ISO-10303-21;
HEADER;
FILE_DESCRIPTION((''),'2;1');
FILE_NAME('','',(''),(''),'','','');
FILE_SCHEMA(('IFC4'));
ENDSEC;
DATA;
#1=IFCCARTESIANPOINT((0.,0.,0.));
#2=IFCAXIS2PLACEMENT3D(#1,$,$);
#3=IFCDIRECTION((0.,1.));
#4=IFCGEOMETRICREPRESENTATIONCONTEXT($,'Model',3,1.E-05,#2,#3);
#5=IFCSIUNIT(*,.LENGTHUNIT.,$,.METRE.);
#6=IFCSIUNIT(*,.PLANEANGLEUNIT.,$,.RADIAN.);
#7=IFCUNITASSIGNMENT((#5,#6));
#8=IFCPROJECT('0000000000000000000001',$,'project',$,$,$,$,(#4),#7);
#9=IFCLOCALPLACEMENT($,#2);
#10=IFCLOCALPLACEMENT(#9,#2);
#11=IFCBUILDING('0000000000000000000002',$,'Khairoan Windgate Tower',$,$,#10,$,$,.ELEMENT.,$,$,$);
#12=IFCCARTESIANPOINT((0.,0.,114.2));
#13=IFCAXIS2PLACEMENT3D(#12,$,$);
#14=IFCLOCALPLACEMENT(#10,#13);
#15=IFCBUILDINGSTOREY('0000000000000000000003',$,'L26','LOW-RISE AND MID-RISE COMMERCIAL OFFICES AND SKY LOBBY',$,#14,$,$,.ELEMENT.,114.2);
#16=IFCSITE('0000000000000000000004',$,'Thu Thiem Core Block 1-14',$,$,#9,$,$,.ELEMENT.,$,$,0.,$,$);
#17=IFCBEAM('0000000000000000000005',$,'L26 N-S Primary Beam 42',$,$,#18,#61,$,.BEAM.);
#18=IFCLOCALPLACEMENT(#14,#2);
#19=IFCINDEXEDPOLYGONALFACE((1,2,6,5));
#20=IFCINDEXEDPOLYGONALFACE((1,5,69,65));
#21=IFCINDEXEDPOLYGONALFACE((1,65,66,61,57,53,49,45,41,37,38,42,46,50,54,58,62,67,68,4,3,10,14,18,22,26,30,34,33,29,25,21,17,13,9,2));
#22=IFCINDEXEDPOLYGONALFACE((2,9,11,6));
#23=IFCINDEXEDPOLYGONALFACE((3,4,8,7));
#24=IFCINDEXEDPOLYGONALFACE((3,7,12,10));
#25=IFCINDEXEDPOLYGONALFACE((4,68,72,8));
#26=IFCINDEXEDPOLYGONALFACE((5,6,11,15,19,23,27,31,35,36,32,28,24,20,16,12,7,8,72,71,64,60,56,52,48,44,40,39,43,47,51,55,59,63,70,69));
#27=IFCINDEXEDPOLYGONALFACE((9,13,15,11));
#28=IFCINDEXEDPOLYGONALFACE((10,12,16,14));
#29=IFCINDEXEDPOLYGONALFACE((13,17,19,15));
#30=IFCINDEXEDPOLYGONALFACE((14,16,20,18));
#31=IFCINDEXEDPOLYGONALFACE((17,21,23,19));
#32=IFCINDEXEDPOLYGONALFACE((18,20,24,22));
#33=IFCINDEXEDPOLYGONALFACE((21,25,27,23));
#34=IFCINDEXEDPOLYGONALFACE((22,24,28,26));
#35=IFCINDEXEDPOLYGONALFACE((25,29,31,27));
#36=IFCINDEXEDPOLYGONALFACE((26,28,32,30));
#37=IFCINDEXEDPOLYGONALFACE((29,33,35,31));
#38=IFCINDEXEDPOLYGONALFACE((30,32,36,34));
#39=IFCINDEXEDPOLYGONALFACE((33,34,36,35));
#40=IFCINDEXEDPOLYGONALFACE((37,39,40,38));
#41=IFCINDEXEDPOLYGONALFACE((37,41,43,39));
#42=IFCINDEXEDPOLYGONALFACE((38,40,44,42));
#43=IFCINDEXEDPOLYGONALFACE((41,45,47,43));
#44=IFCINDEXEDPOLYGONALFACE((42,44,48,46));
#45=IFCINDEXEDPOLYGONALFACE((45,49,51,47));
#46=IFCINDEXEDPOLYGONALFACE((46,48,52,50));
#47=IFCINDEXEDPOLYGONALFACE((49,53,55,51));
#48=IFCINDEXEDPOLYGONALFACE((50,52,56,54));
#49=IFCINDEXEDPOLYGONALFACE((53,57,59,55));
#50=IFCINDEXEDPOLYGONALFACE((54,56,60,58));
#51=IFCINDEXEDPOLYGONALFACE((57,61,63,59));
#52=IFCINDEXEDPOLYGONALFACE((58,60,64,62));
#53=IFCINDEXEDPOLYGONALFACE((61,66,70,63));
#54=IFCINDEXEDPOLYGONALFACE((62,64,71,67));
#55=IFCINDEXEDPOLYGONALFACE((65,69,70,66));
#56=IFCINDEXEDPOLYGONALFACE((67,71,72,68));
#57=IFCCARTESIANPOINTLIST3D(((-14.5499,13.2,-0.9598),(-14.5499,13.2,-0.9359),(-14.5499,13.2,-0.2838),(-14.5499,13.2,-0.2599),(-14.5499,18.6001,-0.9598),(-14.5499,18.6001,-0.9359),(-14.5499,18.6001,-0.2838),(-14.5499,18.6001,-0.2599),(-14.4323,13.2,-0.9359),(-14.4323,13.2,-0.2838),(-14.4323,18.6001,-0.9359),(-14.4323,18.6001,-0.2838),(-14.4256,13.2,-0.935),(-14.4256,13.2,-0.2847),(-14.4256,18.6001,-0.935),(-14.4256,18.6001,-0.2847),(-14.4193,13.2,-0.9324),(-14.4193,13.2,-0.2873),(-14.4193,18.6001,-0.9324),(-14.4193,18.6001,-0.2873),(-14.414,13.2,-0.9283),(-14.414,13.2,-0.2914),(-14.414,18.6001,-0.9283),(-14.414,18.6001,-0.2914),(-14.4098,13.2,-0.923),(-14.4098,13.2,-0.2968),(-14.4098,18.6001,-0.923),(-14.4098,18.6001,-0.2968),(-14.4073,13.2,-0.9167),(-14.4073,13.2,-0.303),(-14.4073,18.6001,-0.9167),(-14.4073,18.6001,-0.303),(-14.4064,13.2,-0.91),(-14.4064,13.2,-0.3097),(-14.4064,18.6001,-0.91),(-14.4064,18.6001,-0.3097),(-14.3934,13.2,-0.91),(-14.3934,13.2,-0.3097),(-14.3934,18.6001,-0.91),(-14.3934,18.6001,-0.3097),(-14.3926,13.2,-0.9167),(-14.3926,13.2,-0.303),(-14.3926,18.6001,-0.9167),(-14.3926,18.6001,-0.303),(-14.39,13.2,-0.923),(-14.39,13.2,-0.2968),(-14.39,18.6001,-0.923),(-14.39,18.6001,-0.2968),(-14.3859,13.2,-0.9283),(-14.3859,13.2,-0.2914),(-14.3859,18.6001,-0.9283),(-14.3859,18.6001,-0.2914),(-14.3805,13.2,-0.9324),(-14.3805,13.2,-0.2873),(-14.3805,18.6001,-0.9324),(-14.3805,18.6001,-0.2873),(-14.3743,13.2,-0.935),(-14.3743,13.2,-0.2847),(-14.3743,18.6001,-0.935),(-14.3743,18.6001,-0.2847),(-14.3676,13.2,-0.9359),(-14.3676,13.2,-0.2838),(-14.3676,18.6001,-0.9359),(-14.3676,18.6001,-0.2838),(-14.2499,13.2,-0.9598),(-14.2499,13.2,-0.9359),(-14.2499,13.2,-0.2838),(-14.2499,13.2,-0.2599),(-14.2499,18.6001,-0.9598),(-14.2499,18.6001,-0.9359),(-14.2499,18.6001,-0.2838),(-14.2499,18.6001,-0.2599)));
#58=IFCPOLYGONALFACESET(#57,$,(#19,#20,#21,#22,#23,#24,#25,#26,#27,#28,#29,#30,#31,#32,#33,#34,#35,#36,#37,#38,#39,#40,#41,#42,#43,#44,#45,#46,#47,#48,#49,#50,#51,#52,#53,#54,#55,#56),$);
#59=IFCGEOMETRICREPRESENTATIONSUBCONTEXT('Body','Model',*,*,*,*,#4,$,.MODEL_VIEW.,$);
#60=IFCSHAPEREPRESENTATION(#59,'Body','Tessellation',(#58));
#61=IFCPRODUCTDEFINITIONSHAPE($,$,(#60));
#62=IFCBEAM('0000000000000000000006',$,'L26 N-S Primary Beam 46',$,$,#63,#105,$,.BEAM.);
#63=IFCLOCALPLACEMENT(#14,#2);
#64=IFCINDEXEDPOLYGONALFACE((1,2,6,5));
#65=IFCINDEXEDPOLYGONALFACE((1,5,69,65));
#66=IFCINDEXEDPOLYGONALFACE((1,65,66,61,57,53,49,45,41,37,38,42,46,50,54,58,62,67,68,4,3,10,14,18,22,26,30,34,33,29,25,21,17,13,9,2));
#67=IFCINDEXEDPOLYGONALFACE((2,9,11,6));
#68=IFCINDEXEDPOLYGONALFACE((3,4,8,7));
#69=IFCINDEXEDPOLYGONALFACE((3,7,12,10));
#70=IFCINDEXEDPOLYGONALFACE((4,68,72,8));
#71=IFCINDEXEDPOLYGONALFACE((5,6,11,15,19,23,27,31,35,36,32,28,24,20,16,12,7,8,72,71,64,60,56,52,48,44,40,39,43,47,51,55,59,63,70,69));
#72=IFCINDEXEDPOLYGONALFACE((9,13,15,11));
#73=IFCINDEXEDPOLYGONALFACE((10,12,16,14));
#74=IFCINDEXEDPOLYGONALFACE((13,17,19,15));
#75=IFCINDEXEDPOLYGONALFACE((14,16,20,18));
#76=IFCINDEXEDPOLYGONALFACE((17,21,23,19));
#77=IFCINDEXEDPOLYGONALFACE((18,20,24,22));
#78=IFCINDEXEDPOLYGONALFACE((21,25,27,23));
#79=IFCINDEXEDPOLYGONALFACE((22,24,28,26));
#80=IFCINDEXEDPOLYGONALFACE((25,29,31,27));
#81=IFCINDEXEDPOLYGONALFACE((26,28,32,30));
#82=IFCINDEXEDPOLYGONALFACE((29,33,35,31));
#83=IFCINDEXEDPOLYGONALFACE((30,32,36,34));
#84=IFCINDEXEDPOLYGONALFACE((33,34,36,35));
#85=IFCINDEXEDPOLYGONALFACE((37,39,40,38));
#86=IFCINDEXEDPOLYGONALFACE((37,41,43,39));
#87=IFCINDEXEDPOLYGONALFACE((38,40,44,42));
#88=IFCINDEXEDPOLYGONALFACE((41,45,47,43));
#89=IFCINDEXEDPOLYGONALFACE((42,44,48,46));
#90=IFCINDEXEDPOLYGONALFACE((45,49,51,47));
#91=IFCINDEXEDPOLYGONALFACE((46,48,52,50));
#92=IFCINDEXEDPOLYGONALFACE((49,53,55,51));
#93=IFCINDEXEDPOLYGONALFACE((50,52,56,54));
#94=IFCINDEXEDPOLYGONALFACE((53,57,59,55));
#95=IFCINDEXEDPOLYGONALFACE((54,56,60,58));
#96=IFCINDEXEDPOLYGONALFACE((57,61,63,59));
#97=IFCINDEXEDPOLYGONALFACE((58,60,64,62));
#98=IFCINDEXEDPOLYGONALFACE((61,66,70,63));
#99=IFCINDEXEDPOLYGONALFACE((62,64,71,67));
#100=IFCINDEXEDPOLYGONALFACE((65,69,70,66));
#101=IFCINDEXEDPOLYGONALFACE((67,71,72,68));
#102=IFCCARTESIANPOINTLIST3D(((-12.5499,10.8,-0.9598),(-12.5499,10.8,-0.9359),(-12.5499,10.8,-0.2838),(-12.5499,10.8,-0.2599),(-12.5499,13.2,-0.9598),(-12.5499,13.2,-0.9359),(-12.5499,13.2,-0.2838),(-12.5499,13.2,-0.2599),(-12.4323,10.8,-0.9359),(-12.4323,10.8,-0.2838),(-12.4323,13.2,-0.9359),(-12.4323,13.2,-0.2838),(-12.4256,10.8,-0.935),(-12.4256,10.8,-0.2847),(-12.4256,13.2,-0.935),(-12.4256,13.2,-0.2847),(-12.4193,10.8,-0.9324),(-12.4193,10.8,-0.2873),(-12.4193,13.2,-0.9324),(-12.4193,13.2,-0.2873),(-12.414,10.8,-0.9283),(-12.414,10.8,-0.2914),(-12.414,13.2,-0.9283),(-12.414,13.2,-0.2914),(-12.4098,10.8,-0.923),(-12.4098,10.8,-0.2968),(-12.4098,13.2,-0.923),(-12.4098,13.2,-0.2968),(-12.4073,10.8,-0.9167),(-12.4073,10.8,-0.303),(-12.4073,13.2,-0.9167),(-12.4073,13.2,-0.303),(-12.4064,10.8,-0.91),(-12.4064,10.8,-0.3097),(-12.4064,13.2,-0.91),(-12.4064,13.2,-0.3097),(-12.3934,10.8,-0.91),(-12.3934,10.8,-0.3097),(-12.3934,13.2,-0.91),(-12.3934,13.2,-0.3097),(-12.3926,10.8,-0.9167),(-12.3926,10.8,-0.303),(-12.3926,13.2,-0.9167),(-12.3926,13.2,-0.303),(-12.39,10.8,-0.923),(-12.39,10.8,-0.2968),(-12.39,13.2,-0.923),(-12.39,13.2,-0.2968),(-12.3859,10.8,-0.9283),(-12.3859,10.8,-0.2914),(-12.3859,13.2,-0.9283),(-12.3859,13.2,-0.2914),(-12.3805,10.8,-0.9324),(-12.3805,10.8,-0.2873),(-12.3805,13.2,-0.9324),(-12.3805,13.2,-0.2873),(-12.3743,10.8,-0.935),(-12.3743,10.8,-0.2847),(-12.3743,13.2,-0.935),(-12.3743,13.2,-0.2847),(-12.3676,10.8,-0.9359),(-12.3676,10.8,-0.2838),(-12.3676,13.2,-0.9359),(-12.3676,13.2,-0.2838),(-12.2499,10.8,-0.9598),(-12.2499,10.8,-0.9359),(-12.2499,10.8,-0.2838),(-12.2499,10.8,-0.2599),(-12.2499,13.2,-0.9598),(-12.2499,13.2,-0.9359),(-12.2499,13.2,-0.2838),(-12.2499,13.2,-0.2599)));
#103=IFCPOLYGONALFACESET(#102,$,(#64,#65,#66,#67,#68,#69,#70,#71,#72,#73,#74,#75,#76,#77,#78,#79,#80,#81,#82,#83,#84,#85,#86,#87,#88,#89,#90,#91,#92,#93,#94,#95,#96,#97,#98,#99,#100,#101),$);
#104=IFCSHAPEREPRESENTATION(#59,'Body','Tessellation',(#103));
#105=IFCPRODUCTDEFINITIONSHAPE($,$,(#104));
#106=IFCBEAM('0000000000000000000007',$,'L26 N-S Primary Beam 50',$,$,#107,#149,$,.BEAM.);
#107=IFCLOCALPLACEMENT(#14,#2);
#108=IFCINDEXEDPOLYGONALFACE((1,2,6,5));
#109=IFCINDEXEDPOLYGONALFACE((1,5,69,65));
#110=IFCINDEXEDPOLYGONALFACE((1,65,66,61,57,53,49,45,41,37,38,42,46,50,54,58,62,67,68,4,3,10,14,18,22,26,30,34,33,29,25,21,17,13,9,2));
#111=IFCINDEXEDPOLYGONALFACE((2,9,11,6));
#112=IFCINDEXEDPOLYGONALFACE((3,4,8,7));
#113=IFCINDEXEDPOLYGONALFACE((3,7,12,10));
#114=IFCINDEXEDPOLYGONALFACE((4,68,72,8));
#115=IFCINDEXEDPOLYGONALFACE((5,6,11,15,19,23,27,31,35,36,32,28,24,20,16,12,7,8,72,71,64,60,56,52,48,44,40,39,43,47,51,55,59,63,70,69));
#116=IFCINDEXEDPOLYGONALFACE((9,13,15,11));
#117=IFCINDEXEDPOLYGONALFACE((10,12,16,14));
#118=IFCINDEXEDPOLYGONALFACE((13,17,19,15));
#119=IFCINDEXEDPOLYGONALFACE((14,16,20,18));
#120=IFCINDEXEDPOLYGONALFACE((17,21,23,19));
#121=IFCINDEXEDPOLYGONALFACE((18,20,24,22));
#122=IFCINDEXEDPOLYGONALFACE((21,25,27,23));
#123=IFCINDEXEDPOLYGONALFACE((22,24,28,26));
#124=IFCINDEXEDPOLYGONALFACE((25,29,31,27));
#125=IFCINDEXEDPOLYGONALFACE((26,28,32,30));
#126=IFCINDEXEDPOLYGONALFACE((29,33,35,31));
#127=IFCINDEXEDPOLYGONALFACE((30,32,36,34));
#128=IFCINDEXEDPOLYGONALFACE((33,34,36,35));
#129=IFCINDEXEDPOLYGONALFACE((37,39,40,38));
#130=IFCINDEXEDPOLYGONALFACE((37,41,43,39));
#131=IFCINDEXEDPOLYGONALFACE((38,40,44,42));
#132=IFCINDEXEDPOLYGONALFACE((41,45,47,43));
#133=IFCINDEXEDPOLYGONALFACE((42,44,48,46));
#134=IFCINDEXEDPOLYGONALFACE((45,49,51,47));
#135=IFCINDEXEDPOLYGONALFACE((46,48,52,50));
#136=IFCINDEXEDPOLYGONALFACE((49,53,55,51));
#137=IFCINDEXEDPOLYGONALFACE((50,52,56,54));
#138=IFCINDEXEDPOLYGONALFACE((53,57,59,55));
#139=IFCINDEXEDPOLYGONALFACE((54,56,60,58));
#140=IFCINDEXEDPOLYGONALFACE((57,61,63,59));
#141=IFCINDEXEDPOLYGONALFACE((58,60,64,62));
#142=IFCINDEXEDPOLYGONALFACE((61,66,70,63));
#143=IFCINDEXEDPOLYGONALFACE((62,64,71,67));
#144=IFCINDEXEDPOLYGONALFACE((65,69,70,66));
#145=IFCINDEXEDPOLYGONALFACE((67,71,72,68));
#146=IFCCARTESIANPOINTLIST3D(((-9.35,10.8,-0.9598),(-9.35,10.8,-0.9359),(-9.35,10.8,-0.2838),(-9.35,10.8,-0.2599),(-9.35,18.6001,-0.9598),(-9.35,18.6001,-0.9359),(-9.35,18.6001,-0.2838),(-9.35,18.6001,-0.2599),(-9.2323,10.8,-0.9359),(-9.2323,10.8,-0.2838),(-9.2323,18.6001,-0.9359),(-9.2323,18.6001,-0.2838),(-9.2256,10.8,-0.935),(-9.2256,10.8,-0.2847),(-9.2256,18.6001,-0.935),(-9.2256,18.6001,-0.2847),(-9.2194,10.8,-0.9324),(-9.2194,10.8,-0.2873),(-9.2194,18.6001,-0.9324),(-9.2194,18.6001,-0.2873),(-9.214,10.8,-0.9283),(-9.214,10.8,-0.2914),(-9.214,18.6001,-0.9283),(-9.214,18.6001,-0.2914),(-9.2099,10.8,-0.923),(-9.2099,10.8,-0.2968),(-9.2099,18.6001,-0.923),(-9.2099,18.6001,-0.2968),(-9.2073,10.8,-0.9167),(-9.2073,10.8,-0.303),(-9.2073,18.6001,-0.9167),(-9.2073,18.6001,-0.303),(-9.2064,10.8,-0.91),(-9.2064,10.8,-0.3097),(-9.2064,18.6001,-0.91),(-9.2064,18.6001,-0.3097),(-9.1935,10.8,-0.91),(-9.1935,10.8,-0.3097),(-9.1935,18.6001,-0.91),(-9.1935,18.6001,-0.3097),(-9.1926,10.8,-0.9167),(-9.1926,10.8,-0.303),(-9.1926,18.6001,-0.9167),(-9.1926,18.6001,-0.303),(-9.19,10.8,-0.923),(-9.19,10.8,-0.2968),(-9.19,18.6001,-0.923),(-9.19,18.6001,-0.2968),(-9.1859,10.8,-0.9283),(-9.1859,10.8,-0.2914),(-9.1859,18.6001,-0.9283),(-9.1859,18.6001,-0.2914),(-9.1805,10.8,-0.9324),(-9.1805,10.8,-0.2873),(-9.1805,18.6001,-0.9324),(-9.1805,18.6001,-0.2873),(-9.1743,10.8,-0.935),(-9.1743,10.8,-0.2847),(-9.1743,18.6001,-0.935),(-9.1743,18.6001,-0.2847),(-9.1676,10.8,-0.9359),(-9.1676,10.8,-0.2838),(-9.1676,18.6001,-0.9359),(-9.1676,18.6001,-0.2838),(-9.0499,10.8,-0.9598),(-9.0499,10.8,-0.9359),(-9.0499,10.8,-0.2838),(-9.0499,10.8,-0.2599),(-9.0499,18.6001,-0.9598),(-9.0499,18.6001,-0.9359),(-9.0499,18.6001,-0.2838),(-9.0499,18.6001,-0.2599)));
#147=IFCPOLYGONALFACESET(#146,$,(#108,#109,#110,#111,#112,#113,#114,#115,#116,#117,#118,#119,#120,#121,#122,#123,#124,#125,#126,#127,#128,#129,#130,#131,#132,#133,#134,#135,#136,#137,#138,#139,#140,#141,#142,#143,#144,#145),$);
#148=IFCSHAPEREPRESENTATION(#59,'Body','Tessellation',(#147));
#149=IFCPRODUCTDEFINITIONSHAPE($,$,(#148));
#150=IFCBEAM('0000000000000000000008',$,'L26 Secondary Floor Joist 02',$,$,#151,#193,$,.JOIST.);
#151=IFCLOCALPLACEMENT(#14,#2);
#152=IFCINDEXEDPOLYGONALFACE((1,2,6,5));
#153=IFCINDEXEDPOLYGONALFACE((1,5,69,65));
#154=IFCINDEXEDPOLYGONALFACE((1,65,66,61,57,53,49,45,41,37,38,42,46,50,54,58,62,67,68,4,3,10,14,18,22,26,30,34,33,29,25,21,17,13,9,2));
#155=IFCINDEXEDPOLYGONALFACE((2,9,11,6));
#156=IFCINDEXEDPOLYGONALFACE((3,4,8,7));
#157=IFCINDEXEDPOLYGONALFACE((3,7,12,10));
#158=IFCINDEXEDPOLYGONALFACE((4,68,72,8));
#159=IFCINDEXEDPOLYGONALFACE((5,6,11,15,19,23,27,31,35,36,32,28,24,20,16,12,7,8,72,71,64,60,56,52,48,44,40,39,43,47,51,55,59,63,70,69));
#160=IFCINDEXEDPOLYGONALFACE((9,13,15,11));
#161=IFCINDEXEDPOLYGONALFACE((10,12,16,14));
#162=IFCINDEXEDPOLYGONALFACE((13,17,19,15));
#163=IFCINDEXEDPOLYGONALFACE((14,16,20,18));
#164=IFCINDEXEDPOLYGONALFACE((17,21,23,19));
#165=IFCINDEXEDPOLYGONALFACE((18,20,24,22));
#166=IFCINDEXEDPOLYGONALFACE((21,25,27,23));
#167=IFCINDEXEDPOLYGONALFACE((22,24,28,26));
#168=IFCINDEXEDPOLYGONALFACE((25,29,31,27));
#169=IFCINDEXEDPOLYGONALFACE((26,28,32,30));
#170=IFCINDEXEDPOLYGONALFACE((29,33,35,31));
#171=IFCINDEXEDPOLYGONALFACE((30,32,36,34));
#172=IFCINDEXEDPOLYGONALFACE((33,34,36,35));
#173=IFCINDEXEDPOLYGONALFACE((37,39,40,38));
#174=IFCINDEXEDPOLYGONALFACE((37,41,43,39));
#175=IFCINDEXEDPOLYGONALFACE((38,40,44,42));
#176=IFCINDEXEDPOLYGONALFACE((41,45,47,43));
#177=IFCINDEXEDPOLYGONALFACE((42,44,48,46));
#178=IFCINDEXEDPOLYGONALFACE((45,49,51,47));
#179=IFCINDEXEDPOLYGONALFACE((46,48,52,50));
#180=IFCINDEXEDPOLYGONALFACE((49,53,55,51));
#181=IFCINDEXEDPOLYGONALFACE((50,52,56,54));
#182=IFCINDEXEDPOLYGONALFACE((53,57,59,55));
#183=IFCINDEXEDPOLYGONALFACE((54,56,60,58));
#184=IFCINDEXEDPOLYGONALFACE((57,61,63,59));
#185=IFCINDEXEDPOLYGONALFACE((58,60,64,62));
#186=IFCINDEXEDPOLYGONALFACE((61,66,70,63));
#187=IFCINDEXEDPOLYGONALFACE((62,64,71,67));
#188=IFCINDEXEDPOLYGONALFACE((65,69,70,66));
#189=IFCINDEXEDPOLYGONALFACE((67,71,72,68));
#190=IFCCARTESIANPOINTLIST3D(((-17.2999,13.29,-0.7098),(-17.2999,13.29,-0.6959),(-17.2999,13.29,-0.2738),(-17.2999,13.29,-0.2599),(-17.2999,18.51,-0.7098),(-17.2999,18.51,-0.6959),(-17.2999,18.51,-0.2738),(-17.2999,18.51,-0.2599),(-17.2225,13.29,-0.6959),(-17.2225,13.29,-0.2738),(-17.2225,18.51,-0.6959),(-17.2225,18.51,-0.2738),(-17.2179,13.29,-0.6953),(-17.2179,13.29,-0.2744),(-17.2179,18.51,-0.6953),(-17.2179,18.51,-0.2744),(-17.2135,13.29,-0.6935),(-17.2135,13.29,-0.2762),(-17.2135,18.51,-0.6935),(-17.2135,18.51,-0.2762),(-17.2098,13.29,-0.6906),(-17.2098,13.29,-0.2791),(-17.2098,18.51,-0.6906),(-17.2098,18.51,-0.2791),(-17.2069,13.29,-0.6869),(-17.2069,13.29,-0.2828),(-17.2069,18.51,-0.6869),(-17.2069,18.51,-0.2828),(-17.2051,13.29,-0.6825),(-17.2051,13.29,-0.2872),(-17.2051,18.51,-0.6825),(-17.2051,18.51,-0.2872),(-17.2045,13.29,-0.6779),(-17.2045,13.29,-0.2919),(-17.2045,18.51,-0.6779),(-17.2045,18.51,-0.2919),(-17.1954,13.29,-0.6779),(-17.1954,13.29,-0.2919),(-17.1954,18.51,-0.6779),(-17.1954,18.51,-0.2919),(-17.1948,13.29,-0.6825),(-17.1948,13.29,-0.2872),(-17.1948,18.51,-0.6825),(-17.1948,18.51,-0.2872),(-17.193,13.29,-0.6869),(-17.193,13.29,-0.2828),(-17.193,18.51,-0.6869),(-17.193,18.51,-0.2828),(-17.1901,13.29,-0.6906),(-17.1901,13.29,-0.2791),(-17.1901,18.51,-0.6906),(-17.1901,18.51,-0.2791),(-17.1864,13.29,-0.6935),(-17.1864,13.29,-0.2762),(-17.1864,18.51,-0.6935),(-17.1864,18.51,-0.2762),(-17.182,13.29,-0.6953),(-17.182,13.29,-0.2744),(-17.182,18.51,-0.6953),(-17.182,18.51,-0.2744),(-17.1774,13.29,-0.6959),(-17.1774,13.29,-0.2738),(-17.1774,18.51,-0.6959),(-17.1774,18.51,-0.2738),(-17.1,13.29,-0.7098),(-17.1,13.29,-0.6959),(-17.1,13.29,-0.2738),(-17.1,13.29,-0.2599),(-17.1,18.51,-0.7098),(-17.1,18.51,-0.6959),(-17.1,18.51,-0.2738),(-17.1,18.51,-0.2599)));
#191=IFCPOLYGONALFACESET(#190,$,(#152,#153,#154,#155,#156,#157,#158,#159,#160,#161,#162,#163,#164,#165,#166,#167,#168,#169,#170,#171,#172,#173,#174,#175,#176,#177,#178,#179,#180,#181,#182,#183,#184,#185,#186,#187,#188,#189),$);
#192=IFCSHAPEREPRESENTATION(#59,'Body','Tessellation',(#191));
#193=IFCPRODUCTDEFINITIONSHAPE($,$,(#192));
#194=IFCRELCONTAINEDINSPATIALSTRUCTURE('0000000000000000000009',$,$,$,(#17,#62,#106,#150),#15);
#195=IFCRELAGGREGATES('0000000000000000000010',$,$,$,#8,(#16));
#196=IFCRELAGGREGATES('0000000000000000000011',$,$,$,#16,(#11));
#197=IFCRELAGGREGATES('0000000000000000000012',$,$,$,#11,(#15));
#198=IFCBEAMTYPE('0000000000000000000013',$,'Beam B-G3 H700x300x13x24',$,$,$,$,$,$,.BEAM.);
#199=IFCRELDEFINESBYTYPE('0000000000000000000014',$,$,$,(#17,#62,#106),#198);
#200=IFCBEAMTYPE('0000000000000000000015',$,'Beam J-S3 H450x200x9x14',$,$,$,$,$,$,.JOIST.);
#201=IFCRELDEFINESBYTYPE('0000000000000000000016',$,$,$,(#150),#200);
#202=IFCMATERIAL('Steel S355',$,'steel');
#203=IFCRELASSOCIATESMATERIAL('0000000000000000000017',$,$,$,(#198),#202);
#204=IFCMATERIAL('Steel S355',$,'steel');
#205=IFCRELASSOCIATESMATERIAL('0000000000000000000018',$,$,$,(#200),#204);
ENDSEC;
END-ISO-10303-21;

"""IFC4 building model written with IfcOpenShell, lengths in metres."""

from ifc_helpers import new_model, si_unit, direction, frame, origin, origin_2d, place, context, subcontext, project, spatial, i_section, extrude, material, material_profile, profile_set, type_object, element, save


model = new_model("IFC4")

# Units and contexts
model_context = context("Model", 3, precision=1e-05, world=origin(), true_north=direction((0.0, 1.0)))
body_context = subcontext(model_context, "Body", "Model", "MODEL_VIEW")
ifc_project = project(units=[si_unit("LENGTHUNIT", "METRE"), si_unit("PLANEANGLEUNIT", "RADIAN")], contexts=[model_context])

# Site, building, storey
site_placement = place(None, origin())
site = spatial("IfcSite", under=ifc_project, at=site_placement, Name="Thu Thiem Core Block 1-14", CompositionType="ELEMENT", RefElevation=0.0)
building_placement = place(site_placement, origin())
building = spatial("IfcBuilding", under=site, at=building_placement, Name="Khairoan Windgate Tower", CompositionType="ELEMENT")
storey_placement = place(building_placement, frame((0.0, 0.0, 114.2)))
storey = spatial("IfcBuildingStorey", under=building, at=storey_placement, Name="L26", Description="LOW-RISE AND MID-RISE COMMERCIAL OFFICES AND SKY LOBBY", CompositionType="ELEMENT", Elevation=114.2)

# Beams
ifc_material_1 = material(Name="Steel S355", Category="steel")
ifc_material_profile_1 = material_profile(ifc_material_1, i_section(OverallWidth=0.3, OverallDepth=0.7, WebThickness=0.0129, FlangeThickness=0.0239, FilletRadius=0.0259, at=origin_2d()))
ifc_profile_set_1 = profile_set([ifc_material_profile_1], Name="Steel S355")
beam_type_1 = type_object("IfcBeamType", Name="Beam B-G3 H700x300x13x24", PredefinedType="BEAM", material=ifc_profile_set_1)
beam_1_placement = place(storey_placement, frame((-14.3999, 13.2, -0.6099), z_axis=(0.0, 1.0, 0.0), x_axis=(-1.0, 0.0, 0.0)))
element("IfcBeam", 1, at=beam_1_placement, inside=storey, type_object=beam_type_1, Name="L26 N-S Primary Beam 42", PredefinedType="BEAM", context=body_context, shape_type="SweptSolid", body=[
    extrude(i_section(OverallWidth=0.3, OverallDepth=0.7, WebThickness=0.0129, FlangeThickness=0.0239, FilletRadius=0.0259, at=origin_2d()), origin(), (0.0, 0.0, 1.0), 5.4001),
])
beam_2_placement = place(storey_placement, frame((-12.3999, 10.8, -0.6099), z_axis=(0.0, 1.0, 0.0), x_axis=(-1.0, 0.0, 0.0)))
element("IfcBeam", 2, at=beam_2_placement, inside=storey, type_object=beam_type_1, Name="L26 N-S Primary Beam 46", PredefinedType="BEAM", context=body_context, shape_type="SweptSolid", body=[
    extrude(i_section(OverallWidth=0.3, OverallDepth=0.7, WebThickness=0.0129, FlangeThickness=0.0239, FilletRadius=0.0259, at=origin_2d()), origin(), (0.0, 0.0, 1.0), 2.3999),
])
beam_3_placement = place(storey_placement, frame((-9.2, 10.8, -0.6099), z_axis=(0.0, 1.0, 0.0), x_axis=(-1.0, 0.0, 0.0)))
element("IfcBeam", 3, at=beam_3_placement, inside=storey, type_object=beam_type_1, Name="L26 N-S Primary Beam 50", PredefinedType="BEAM", context=body_context, shape_type="SweptSolid", body=[
    extrude(i_section(OverallWidth=0.3, OverallDepth=0.7, WebThickness=0.0129, FlangeThickness=0.0239, FilletRadius=0.0259, at=origin_2d()), origin(), (0.0, 0.0, 1.0), 7.8),
])
ifc_material_2 = material(Name="Steel S355", Category="steel")
ifc_material_profile_2 = material_profile(ifc_material_2, i_section(OverallWidth=0.2, OverallDepth=0.45, WebThickness=0.009, FlangeThickness=0.0139, FilletRadius=0.0181, at=origin_2d()))
ifc_profile_set_2 = profile_set([ifc_material_profile_2], Name="Steel S355")
beam_type_2 = type_object("IfcBeamType", Name="Beam J-S3 H450x200x9x14", PredefinedType="JOIST", material=ifc_profile_set_2)
beam_4_placement = place(storey_placement, frame((-17.2, 13.29, -0.4849), z_axis=(0.0, 1.0, 0.0), x_axis=(-1.0, 0.0, 0.0)))
element("IfcBeam", 4, at=beam_4_placement, inside=storey, type_object=beam_type_2, Name="L26 Secondary Floor Joist 02", PredefinedType="JOIST", context=body_context, shape_type="SweptSolid", body=[
    extrude(i_section(OverallWidth=0.2, OverallDepth=0.45, WebThickness=0.009, FlangeThickness=0.0139, FilletRadius=0.0181, at=origin_2d()), origin(), (0.0, 0.0, 1.0), 5.22),
])

save(model, "model.ifc")
